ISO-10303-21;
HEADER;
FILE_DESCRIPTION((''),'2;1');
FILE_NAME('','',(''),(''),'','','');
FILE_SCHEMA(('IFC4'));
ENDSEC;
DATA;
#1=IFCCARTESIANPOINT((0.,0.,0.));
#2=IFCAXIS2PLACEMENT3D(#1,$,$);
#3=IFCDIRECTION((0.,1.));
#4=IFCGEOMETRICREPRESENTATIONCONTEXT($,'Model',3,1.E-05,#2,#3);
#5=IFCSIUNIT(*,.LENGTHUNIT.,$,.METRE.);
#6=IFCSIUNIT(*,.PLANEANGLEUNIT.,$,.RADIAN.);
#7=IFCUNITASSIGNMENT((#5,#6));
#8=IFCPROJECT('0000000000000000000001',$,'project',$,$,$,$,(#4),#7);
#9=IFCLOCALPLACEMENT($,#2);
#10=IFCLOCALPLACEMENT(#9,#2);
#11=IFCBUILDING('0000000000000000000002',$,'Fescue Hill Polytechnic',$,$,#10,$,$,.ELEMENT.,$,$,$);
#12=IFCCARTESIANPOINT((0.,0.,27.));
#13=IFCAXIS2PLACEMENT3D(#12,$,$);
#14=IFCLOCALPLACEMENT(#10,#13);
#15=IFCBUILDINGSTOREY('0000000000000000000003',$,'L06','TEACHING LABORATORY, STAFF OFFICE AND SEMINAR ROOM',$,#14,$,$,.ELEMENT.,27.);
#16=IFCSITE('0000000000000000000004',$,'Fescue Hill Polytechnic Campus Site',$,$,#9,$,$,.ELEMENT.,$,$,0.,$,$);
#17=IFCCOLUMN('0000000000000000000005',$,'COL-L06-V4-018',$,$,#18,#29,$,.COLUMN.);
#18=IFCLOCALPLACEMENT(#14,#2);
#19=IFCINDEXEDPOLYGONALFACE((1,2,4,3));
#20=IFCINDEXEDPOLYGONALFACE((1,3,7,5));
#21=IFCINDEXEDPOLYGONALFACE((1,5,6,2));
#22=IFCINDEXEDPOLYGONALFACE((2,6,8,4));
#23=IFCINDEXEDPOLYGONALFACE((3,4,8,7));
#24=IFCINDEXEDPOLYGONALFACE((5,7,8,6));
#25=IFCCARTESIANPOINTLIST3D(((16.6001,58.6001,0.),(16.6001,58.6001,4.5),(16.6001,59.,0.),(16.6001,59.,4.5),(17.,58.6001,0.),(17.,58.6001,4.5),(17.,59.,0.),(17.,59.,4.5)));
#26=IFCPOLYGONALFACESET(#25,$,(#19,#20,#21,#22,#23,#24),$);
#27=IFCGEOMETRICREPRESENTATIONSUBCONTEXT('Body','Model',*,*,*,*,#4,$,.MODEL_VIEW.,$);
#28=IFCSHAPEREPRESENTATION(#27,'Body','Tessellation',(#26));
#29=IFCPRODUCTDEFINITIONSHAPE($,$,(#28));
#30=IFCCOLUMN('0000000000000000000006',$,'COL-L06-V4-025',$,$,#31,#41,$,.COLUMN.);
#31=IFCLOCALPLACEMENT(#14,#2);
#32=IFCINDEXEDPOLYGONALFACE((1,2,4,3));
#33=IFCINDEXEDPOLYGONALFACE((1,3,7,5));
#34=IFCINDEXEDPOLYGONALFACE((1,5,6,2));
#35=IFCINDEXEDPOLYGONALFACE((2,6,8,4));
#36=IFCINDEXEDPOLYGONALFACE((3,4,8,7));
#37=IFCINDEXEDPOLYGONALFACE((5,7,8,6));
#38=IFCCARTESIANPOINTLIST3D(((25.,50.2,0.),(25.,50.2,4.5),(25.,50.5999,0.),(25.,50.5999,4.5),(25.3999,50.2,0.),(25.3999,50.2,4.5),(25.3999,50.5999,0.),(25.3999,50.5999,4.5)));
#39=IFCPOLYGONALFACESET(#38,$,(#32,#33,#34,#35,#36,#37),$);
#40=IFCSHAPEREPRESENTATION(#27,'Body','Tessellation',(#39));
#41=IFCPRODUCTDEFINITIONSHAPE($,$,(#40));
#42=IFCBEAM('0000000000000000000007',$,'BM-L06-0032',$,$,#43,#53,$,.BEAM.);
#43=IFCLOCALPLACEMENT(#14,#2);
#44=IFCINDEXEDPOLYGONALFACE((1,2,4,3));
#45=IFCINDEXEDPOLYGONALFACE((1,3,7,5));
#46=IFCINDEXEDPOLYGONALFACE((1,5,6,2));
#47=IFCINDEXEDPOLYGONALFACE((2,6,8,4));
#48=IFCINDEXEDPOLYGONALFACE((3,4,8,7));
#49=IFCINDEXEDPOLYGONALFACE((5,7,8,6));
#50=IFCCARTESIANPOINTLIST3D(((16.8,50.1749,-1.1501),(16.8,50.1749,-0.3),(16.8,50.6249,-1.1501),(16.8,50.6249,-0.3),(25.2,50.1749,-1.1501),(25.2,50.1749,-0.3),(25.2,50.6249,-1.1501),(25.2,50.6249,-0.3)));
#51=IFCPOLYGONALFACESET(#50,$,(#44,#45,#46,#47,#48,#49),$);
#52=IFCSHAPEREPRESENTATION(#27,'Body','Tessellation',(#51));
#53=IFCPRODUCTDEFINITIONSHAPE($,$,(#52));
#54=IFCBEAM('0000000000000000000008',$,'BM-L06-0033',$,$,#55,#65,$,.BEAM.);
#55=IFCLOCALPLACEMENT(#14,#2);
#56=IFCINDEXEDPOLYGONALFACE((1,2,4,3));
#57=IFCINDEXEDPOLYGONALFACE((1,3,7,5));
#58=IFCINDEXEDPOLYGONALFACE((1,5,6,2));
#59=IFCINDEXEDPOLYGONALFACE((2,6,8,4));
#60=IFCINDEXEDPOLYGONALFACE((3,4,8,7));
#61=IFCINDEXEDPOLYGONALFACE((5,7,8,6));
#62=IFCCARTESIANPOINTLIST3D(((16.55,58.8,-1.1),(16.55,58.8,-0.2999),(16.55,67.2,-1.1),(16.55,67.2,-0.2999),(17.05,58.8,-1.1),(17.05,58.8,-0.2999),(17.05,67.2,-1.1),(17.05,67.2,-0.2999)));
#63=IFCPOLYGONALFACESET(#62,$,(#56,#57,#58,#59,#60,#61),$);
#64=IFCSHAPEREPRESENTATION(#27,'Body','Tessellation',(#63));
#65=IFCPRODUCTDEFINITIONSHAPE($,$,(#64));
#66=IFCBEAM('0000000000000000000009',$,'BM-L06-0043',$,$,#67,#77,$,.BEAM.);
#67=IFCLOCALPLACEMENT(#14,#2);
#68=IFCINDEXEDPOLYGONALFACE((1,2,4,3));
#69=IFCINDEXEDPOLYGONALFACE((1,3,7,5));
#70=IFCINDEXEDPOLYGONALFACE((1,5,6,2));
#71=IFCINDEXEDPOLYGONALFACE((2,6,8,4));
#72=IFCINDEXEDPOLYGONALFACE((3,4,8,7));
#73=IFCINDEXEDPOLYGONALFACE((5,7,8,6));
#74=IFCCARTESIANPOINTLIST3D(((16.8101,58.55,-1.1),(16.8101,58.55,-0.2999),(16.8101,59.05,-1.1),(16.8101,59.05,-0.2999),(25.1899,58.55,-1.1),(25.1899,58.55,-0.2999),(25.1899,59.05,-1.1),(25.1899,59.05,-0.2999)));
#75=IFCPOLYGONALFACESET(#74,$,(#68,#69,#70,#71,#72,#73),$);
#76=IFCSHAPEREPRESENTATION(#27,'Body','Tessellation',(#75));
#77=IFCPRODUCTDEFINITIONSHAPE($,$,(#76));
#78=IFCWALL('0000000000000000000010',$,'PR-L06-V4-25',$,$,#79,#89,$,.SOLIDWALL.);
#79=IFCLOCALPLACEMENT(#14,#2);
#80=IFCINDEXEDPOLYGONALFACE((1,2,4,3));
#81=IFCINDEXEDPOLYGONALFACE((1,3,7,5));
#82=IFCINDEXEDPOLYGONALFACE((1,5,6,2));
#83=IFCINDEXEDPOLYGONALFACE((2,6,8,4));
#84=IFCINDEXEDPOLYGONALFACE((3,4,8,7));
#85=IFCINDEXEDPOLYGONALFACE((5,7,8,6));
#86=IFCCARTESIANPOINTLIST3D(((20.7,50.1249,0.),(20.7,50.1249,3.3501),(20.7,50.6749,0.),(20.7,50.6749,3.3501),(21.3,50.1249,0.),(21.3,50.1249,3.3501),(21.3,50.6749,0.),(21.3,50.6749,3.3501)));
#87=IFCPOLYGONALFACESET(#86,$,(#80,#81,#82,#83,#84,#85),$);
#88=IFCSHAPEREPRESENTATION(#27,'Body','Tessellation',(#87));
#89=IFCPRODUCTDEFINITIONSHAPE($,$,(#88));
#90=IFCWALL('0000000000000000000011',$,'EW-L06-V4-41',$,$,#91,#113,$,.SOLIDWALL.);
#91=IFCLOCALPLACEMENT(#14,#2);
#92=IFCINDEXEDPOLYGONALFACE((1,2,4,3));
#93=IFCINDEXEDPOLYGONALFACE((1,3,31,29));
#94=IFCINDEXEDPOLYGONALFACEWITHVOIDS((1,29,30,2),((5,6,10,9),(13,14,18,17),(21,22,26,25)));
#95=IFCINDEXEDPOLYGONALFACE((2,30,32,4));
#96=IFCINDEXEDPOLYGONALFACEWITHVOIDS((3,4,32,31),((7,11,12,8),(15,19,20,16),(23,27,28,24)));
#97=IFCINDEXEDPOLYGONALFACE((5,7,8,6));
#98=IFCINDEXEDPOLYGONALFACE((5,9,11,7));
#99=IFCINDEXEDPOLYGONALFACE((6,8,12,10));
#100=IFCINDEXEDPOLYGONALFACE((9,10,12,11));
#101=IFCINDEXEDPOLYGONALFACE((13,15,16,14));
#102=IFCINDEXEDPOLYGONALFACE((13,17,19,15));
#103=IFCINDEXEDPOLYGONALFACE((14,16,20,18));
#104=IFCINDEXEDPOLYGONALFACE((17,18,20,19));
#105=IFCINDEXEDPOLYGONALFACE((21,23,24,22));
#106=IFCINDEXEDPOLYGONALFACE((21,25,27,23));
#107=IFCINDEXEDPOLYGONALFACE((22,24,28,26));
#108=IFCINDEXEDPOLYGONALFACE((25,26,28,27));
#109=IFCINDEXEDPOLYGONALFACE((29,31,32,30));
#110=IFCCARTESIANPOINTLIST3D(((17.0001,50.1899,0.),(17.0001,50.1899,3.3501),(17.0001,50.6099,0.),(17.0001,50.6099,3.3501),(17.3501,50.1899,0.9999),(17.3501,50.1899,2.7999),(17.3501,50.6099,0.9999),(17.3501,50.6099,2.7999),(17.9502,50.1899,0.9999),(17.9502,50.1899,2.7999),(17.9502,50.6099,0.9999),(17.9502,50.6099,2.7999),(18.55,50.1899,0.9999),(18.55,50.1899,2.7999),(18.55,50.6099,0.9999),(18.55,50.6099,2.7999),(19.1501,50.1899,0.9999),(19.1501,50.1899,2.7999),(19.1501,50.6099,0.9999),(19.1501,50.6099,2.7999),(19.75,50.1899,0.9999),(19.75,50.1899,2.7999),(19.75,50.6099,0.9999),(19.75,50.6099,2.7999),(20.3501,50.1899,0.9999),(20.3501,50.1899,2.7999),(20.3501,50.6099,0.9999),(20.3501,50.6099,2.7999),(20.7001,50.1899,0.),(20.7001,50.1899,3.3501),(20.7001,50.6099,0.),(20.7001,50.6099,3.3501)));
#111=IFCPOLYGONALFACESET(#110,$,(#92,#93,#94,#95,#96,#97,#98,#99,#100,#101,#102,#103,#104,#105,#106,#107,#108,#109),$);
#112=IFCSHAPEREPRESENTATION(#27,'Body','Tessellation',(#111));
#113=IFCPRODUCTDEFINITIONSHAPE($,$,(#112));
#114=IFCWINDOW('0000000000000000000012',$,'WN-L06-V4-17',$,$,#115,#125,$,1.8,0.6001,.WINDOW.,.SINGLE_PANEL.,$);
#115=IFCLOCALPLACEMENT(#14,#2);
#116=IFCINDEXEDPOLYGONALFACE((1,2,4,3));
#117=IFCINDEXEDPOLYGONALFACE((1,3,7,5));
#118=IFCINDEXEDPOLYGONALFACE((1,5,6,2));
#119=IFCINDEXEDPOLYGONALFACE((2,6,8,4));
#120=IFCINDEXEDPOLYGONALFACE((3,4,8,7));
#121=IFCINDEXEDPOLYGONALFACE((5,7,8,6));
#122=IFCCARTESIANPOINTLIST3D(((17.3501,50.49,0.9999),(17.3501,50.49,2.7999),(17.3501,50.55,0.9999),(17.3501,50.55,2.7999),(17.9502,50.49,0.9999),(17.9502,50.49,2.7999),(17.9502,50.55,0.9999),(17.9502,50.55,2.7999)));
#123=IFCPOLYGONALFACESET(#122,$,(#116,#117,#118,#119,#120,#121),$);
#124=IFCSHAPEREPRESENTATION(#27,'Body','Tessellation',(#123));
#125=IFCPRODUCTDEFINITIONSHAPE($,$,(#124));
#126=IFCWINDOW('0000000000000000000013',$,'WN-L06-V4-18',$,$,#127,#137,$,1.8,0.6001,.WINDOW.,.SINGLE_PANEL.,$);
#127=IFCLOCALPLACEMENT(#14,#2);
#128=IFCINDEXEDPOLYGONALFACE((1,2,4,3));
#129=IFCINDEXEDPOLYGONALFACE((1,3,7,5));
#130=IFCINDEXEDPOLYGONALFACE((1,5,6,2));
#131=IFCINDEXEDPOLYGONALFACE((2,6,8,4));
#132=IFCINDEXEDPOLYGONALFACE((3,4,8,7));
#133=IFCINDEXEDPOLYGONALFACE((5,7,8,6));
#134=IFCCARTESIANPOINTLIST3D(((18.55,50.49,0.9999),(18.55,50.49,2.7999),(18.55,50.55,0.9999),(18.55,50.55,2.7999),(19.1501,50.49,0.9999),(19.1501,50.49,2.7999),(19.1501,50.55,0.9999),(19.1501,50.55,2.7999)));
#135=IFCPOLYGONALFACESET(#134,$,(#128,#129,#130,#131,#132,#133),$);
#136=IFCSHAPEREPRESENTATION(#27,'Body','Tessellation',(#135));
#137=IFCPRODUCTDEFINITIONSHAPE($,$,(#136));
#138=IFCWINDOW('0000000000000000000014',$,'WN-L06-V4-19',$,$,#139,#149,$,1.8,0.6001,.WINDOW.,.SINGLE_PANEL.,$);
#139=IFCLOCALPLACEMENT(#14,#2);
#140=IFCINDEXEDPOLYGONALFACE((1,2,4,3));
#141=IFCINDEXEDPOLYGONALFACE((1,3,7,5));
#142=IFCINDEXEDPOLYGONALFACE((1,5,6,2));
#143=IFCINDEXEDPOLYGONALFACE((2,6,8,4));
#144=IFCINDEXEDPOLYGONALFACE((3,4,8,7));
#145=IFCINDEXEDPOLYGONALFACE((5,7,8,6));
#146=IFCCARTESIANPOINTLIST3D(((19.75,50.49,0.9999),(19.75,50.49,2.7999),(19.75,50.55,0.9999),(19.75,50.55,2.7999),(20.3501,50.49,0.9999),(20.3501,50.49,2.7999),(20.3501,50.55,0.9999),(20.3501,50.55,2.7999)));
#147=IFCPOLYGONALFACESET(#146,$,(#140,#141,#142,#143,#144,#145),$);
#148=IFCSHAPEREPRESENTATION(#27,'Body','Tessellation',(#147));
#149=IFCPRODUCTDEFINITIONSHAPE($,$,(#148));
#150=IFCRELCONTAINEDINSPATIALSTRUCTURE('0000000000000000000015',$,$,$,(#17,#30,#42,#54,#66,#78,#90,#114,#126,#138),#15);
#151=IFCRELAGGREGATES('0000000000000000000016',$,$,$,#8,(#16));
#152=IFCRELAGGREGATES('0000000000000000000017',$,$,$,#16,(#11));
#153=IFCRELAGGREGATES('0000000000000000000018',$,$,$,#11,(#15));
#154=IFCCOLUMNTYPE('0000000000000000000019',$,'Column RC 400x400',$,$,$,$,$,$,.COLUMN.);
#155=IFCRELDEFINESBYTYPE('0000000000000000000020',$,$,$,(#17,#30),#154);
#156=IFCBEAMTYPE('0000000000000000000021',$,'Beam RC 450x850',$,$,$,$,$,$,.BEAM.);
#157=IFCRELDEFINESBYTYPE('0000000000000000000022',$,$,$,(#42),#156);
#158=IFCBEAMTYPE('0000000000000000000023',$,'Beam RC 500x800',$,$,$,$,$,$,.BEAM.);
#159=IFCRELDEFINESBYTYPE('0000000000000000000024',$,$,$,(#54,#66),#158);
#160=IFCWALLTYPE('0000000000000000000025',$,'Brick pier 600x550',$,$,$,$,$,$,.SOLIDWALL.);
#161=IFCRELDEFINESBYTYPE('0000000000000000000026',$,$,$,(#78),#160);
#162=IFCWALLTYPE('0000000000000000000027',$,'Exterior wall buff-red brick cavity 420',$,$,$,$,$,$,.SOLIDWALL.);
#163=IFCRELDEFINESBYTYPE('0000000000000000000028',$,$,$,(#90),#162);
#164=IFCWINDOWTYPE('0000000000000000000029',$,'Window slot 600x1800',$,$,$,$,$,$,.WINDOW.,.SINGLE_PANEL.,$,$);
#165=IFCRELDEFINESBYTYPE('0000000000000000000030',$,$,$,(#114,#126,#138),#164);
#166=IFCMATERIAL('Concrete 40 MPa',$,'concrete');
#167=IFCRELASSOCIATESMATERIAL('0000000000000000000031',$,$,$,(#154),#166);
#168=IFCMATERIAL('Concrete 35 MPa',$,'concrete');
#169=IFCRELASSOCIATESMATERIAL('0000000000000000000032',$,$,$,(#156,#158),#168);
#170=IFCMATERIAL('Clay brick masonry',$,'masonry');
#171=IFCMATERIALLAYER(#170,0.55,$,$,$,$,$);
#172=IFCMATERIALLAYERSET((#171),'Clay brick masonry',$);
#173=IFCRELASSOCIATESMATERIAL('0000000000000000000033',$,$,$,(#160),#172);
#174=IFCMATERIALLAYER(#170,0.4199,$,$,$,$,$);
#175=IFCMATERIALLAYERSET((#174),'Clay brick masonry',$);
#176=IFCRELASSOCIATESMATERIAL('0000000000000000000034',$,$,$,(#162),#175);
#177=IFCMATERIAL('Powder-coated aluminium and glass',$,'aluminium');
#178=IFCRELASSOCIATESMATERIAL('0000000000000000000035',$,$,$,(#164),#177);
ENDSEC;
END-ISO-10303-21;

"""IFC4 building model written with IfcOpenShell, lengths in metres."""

from ifc_helpers import new_model, si_unit, direction, frame, frame_2d, origin, origin_2d, place, context, subcontext, project, spatial, rectangle, extrude, material, layer, layer_set, material_profile, profile_set, type_object, element, fill, save


model = new_model("IFC4")

# Units and contexts
model_context = context("Model", 3, precision=1e-05, world=origin(), true_north=direction((0.0, 1.0)))
body_context = subcontext(model_context, "Body", "Model", "MODEL_VIEW")
ifc_project = project(units=[si_unit("LENGTHUNIT", "METRE"), si_unit("PLANEANGLEUNIT", "RADIAN")], contexts=[model_context])

# Site, building, storey
site_placement = place(None, origin())
site = spatial("IfcSite", under=ifc_project, at=site_placement, Name="Fescue Hill Polytechnic Campus Site", CompositionType="ELEMENT", RefElevation=0.0)
building_placement = place(site_placement, origin())
building = spatial("IfcBuilding", under=site, at=building_placement, Name="Fescue Hill Polytechnic", CompositionType="ELEMENT")
storey_placement = place(building_placement, frame((0.0, 0.0, 27.0)))
storey = spatial("IfcBuildingStorey", under=building, at=storey_placement, Name="L06", Description="TEACHING LABORATORY, STAFF OFFICE AND SEMINAR ROOM", CompositionType="ELEMENT", Elevation=27.0)

# Columns
ifc_material_1 = material(Name="Concrete 40 MPa", Category="concrete")
ifc_material_profile_1 = material_profile(ifc_material_1, rectangle(XDim=0.3999, YDim=0.3999, at=origin_2d()), Name="RC 400x400")
ifc_profile_set_1 = profile_set([ifc_material_profile_1], Name="Concrete 40 MPa")
column_type = type_object("IfcColumnType", Name="Column RC 400x400", PredefinedType="COLUMN", material=ifc_profile_set_1)
for number, where, z_axis, x_axis, name in (
    (1, (16.8, 58.8, 0.0), (0.0, 0.0, 1.0), (1.0, 0.0, 0.0), "COL-L06-V4-018"),
    (2, (25.2, 50.3999, 0.0), (0.0, 0.0, 1.0), (1.0, 0.0, 0.0), "COL-L06-V4-025"),
):
    element("IfcColumn", number, at=place(storey_placement, frame(where, z_axis=z_axis, x_axis=x_axis)), inside=storey, type_object=column_type, Name=name, PredefinedType="COLUMN", context=body_context, shape_type="SweptSolid", body=[
        extrude(rectangle(XDim=0.3999, YDim=0.3999, at=origin_2d()), origin(), (0.0, 0.0, 1.0), 4.5),
    ])

# Beams
ifc_material_2 = material(Name="Concrete 35 MPa", Category="concrete")
ifc_material_profile_2 = material_profile(ifc_material_2, rectangle(XDim=0.45, YDim=0.8501, at=origin_2d()), Name="RC 450x850")
ifc_profile_set_2 = profile_set([ifc_material_profile_2], Name="Concrete 35 MPa")
beam_type_1 = type_object("IfcBeamType", Name="Beam RC 450x850", PredefinedType="BEAM", material=ifc_profile_set_2)
beam_1_placement = place(storey_placement, frame((16.8, 50.3999, -0.7251), z_axis=(1.0, 0.0, 0.0), x_axis=(0.0, 1.0, 0.0)))
element("IfcBeam", 3, at=beam_1_placement, inside=storey, type_object=beam_type_1, Name="BM-L06-0032", PredefinedType="BEAM", context=body_context, shape_type="SweptSolid", body=[
    extrude(rectangle(XDim=0.45, YDim=0.8501, at=origin_2d()), origin(), (0.0, 0.0, 1.0), 8.3999),
])
ifc_material_profile_3 = material_profile(ifc_material_2, rectangle(XDim=0.5, YDim=0.8, at=origin_2d()), Name="RC 500x800")
ifc_profile_set_3 = profile_set([ifc_material_profile_3], Name="Concrete 35 MPa")
beam_type_2 = type_object("IfcBeamType", Name="Beam RC 500x800", PredefinedType="BEAM", material=ifc_profile_set_3)
beam_2_placement = place(storey_placement, frame((16.8, 58.8, -0.7), z_axis=(0.0, 1.0, 0.0), x_axis=(-1.0, 0.0, 0.0)))
element("IfcBeam", 4, at=beam_2_placement, inside=storey, type_object=beam_type_2, Name="BM-L06-0033", PredefinedType="BEAM", context=body_context, shape_type="SweptSolid", body=[
    extrude(rectangle(XDim=0.5, YDim=0.8, at=origin_2d()), origin(), (0.0, 0.0, 1.0), 8.3999),
])
beam_3_placement = place(storey_placement, frame((16.8101, 58.8, -0.7), z_axis=(1.0, 0.0, 0.0), x_axis=(0.0, 1.0, 0.0)))
element("IfcBeam", 5, at=beam_3_placement, inside=storey, type_object=beam_type_2, Name="BM-L06-0043", PredefinedType="BEAM", context=body_context, shape_type="SweptSolid", body=[
    extrude(rectangle(XDim=0.5, YDim=0.8, at=origin_2d()), origin(), (0.0, 0.0, 1.0), 8.3799),
])

# Wall
ifc_material_3 = material(Name="Clay brick masonry", Category="masonry")
ifc_layer_1 = layer(ifc_material_3, 0.55)
ifc_layer_set_1 = layer_set([ifc_layer_1], Name="Clay brick masonry")
wall_type_1 = type_object("IfcWallType", Name="Brick pier 600x550", PredefinedType="SOLIDWALL", material=ifc_layer_set_1)
wall_1_placement = place(storey_placement, frame((20.7, 50.3999, 0.0), z_axis=(0.0, 0.0, 1.0), x_axis=(1.0, 0.0, 0.0)))
element("IfcWall", 6, at=wall_1_placement, inside=storey, type_object=wall_type_1, Name="PR-L06-V4-25", PredefinedType="SOLIDWALL", context=body_context, shape_type="SweptSolid", body=[
    extrude(rectangle(XDim=0.6001, YDim=0.55, at=frame_2d((0.3, 0.0))), origin(), (0.0, 0.0, 1.0), 3.3501),
])

# Wall, openings, windows
ifc_layer_2 = layer(ifc_material_3, 0.4199)
ifc_layer_set_2 = layer_set([ifc_layer_2], Name="Clay brick masonry")
wall_type_2 = type_object("IfcWallType", Name="Exterior wall buff-red brick cavity 420", PredefinedType="SOLIDWALL", material=ifc_layer_set_2)
wall_2_placement = place(storey_placement, frame((17.0, 50.3999, 0.0), z_axis=(0.0, 0.0, 1.0), x_axis=(1.0, 0.0, 0.0)))
wall_2 = element("IfcWall", 7, at=wall_2_placement, inside=storey, type_object=wall_type_2, Name="EW-L06-V4-41", PredefinedType="SOLIDWALL", context=body_context, shape_type="SweptSolid", body=[
    extrude(rectangle(XDim=3.7, YDim=0.4199, at=frame_2d((1.8501, 0.0))), origin(), (0.0, 0.0, 1.0), 3.3501),
])
opening_1_placement = place(wall_2_placement, frame((0.3501, 0.0, 1.0)))
opening_1 = element("IfcOpeningElement", 8, at=opening_1_placement, cuts=wall_2, PredefinedType="OPENING", context=body_context, shape_type="SweptSolid", body=[
    extrude(rectangle(XDim=0.6001, YDim=1.8, at=frame_2d((0.3, 0.8999))), frame((0.0, 0.22, 0.0), z_axis=(0.0, -1.0, 0.0), x_axis=(1.0, 0.0, 0.0)), (0.0, 0.0, 1.0), 0.4399),
])
opening_2_placement = place(wall_2_placement, frame((1.55, 0.0, 1.0)))
opening_2 = element("IfcOpeningElement", 9, at=opening_2_placement, cuts=wall_2, PredefinedType="OPENING", context=body_context, shape_type="SweptSolid", body=[
    extrude(rectangle(XDim=0.6001, YDim=1.8, at=frame_2d((0.3, 0.8999))), frame((0.0, 0.22, 0.0), z_axis=(0.0, -1.0, 0.0), x_axis=(1.0, 0.0, 0.0)), (0.0, 0.0, 1.0), 0.4399),
])
opening_3_placement = place(wall_2_placement, frame((2.75, 0.0, 1.0)))
opening_3 = element("IfcOpeningElement", 10, at=opening_3_placement, cuts=wall_2, PredefinedType="OPENING", context=body_context, shape_type="SweptSolid", body=[
    extrude(rectangle(XDim=0.6001, YDim=1.8, at=frame_2d((0.3, 0.8999))), frame((0.0, 0.22, 0.0), z_axis=(0.0, -1.0, 0.0), x_axis=(1.0, 0.0, 0.0)), (0.0, 0.0, 1.0), 0.4399),
])
ifc_material_4 = material(Name="Powder-coated aluminium and glass", Category="aluminium")
window_type = type_object("IfcWindowType", Name="Window slot 600x1800", PartitioningType="SINGLE_PANEL", PredefinedType="WINDOW", material=ifc_material_4)
window_1_placement = place(opening_1_placement, origin())
window_1 = element("IfcWindow", 11, at=window_1_placement, inside=storey, type_object=window_type, Name="WN-L06-V4-17", OverallHeight=1.8, OverallWidth=0.6001, PartitioningType="SINGLE_PANEL", PredefinedType="WINDOW", context=body_context, shape_type="SweptSolid", body=[
    extrude(rectangle(XDim=0.6001, YDim=1.8, at=frame_2d((0.3, 0.8999))), frame((0.0, 0.1501, 0.0), z_axis=(0.0, -1.0, 0.0), x_axis=(1.0, 0.0, 0.0)), (0.0, 0.0, 1.0), 0.0601),
])
fill(opening_1, window_1)
window_2_placement = place(opening_2_placement, origin())
window_2 = element("IfcWindow", 12, at=window_2_placement, inside=storey, type_object=window_type, Name="WN-L06-V4-18", OverallHeight=1.8, OverallWidth=0.6001, PartitioningType="SINGLE_PANEL", PredefinedType="WINDOW", context=body_context, shape_type="SweptSolid", body=[
    extrude(rectangle(XDim=0.6001, YDim=1.8, at=frame_2d((0.3, 0.8999))), frame((0.0, 0.1501, 0.0), z_axis=(0.0, -1.0, 0.0), x_axis=(1.0, 0.0, 0.0)), (0.0, 0.0, 1.0), 0.0601),
])
fill(opening_2, window_2)
window_3_placement = place(opening_3_placement, origin())
window_3 = element("IfcWindow", 13, at=window_3_placement, inside=storey, type_object=window_type, Name="WN-L06-V4-19", OverallHeight=1.8, OverallWidth=0.6001, PartitioningType="SINGLE_PANEL", PredefinedType="WINDOW", context=body_context, shape_type="SweptSolid", body=[
    extrude(rectangle(XDim=0.6001, YDim=1.8, at=frame_2d((0.3, 0.8999))), frame((0.0, 0.1501, 0.0), z_axis=(0.0, -1.0, 0.0), x_axis=(1.0, 0.0, 0.0)), (0.0, 0.0, 1.0), 0.0601),
])
fill(opening_3, window_3)

save(model, "model.ifc")
